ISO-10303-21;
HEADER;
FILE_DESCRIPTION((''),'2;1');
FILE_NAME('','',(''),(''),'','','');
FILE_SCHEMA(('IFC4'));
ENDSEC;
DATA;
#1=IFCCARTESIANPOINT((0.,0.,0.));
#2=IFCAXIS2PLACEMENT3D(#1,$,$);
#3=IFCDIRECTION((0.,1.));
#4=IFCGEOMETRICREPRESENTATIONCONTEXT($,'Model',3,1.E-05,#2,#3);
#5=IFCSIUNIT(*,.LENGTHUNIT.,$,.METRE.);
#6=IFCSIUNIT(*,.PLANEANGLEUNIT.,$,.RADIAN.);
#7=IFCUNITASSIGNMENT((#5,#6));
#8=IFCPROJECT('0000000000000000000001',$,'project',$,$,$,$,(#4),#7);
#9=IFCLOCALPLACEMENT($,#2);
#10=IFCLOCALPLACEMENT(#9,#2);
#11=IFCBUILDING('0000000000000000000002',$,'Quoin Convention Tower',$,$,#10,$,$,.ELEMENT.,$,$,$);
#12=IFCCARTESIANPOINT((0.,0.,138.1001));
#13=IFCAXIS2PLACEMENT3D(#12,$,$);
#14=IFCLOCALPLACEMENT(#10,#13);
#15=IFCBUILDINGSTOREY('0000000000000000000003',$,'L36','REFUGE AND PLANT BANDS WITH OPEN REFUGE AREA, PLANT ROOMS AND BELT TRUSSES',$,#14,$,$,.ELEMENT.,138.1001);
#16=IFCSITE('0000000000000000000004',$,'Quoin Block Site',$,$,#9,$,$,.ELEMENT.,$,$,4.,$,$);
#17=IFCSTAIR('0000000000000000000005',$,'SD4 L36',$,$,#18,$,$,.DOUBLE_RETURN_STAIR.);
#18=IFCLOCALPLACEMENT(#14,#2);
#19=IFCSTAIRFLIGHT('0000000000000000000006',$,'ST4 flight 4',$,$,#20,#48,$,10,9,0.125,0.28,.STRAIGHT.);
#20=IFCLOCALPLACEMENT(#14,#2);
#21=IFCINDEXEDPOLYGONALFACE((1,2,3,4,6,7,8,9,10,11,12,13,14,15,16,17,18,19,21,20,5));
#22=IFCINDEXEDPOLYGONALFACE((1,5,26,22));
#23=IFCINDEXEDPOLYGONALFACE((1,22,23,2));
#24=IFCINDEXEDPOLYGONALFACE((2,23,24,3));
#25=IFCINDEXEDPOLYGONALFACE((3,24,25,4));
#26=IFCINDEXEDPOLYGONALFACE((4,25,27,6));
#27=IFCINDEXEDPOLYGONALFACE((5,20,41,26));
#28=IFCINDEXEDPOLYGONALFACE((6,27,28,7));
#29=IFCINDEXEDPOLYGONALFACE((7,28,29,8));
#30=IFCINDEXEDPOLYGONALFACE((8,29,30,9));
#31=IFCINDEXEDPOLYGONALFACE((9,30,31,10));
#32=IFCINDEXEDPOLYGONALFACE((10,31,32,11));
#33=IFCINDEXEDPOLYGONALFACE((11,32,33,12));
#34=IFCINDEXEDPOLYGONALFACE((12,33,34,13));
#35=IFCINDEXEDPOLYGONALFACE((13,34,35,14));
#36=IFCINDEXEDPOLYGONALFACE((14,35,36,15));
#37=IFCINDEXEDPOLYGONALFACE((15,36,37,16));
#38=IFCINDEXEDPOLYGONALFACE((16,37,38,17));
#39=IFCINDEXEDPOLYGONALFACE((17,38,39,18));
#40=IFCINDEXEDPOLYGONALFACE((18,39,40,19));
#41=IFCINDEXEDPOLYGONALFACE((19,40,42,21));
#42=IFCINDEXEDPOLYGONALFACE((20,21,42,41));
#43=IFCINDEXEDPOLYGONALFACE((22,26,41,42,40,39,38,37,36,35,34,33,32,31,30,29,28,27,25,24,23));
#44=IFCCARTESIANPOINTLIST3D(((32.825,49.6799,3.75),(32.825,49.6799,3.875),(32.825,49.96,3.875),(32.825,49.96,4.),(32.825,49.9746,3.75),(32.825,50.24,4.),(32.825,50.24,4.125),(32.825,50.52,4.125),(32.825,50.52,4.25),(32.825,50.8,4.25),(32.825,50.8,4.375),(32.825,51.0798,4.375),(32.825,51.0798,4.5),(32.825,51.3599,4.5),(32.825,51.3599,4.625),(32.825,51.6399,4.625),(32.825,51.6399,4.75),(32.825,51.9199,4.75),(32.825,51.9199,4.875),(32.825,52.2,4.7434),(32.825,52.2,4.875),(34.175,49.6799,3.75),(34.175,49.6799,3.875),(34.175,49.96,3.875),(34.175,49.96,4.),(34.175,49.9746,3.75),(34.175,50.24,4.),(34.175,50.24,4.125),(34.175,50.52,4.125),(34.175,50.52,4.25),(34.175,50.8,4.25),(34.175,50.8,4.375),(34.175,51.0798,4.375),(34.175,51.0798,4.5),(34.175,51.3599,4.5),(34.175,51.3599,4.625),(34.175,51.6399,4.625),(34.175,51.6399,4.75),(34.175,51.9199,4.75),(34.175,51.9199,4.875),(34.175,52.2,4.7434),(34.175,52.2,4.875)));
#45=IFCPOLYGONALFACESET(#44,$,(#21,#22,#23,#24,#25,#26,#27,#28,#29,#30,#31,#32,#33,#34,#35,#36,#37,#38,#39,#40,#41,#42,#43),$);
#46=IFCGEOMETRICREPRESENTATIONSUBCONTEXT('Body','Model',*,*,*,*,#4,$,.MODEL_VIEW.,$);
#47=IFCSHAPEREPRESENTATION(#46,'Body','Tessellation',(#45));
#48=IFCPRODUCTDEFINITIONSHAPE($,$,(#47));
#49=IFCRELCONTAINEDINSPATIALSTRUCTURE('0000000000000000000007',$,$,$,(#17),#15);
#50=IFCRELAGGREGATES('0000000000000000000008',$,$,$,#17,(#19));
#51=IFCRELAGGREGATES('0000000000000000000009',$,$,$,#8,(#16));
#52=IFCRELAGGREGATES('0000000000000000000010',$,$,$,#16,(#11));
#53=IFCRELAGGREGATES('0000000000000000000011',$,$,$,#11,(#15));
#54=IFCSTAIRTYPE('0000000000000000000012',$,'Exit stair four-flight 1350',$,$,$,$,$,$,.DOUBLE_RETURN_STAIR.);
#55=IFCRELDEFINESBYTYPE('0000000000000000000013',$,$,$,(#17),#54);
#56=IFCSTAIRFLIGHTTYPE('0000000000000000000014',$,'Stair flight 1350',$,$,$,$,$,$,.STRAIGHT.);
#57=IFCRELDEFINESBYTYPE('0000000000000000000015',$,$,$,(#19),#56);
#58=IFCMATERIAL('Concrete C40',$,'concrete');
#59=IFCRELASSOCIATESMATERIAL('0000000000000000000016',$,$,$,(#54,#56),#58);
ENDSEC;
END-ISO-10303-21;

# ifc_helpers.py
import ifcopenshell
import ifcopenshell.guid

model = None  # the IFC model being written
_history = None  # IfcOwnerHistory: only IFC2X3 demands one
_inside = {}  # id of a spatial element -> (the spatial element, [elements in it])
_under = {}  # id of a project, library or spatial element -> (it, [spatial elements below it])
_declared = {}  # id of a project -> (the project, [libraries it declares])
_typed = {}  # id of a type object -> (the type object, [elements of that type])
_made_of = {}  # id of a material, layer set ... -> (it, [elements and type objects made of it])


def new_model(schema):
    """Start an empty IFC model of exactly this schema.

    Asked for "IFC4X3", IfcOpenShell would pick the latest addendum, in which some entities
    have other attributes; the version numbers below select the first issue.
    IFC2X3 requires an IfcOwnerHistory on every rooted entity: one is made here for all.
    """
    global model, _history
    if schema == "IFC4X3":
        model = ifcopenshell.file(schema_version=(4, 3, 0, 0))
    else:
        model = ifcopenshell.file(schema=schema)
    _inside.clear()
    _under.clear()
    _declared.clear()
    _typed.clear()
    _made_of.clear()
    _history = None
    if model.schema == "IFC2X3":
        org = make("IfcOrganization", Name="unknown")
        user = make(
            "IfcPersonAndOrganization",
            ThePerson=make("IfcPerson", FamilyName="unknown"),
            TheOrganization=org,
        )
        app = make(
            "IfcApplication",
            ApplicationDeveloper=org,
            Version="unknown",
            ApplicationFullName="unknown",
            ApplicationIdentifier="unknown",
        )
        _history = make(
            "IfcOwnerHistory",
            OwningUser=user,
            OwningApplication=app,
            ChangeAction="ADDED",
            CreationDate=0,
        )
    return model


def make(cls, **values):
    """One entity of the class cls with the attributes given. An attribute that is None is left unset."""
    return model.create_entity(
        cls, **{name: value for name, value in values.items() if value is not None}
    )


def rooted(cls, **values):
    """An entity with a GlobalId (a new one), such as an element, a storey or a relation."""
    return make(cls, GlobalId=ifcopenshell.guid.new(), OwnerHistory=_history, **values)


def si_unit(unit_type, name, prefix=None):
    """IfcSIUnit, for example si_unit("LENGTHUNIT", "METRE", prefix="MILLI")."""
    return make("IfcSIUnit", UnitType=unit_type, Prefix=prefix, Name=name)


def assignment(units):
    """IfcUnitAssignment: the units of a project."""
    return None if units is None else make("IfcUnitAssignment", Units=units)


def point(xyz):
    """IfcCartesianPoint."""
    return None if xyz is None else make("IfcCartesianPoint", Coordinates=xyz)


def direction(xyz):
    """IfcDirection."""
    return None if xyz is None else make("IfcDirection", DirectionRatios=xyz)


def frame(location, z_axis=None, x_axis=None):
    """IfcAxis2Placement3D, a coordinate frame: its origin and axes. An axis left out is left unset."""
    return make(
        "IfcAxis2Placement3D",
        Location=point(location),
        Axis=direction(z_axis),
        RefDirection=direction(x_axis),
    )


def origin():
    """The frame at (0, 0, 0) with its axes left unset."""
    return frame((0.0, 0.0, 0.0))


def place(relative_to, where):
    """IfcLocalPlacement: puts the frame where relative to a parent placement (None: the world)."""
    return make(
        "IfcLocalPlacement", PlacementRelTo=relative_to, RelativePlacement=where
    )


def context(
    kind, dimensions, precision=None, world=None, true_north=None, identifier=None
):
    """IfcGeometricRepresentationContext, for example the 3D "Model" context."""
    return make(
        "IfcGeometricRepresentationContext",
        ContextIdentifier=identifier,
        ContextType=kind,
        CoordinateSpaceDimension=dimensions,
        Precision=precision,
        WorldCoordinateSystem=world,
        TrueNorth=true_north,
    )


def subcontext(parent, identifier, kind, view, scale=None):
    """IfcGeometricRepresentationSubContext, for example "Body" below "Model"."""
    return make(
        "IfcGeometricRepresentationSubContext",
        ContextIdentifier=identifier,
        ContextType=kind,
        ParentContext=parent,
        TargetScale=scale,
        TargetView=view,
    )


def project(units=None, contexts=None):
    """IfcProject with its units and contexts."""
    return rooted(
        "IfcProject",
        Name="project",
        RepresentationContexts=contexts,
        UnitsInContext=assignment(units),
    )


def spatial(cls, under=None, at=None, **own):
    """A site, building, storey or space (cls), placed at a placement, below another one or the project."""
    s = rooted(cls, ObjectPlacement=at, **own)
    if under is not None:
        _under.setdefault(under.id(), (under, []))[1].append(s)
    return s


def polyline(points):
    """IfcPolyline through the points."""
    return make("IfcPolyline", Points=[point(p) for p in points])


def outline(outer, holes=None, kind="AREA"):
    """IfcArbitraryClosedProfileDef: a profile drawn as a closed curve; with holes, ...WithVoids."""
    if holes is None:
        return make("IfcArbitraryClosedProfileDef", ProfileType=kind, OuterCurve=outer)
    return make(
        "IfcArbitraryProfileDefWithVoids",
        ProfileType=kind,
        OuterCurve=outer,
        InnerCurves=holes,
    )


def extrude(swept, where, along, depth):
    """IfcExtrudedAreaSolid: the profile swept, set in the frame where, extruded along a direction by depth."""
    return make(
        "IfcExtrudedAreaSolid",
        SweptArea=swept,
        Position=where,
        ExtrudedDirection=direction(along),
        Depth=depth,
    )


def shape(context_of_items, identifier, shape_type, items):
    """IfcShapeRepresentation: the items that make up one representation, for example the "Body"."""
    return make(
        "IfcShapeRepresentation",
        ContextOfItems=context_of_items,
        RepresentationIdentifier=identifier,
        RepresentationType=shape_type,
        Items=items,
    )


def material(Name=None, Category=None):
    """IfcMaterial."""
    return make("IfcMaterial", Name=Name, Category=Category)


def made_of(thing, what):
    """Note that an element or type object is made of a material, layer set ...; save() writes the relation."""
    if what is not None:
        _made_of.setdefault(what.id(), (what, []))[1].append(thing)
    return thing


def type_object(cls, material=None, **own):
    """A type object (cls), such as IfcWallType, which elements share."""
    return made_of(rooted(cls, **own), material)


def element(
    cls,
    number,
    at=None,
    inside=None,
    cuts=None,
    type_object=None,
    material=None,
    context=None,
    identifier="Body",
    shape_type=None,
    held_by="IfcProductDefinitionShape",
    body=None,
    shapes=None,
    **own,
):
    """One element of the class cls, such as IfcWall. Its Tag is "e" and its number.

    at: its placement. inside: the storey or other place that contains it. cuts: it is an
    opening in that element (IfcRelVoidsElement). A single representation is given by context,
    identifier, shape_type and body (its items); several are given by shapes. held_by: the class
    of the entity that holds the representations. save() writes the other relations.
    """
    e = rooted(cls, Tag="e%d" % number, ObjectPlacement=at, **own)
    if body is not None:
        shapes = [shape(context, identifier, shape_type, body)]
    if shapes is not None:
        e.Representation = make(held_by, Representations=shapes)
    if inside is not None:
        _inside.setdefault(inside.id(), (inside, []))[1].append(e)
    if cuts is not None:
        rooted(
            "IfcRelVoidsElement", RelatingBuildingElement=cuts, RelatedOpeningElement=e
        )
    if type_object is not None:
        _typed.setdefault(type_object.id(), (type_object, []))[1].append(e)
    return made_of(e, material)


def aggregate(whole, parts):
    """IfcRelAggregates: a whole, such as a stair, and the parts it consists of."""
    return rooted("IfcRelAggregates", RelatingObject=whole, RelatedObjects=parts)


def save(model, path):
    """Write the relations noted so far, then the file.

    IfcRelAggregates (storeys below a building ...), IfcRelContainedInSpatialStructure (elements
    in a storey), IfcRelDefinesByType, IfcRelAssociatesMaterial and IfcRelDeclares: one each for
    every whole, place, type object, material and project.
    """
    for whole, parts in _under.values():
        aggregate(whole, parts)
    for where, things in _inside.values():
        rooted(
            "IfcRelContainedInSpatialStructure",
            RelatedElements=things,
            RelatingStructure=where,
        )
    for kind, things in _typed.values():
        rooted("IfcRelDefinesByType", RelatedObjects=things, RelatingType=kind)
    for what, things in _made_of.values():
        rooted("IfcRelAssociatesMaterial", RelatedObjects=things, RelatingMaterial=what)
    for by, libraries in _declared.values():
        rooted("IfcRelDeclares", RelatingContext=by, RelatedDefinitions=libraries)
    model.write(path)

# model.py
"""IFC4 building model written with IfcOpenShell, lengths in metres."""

from ifc_helpers import new_model, si_unit, direction, frame, origin, place, context, subcontext, project, spatial, polyline, outline, extrude, material, type_object, element, aggregate, save


model = new_model("IFC4")

# Units and contexts
model_context = context("Model", 3, precision=1e-05, world=origin(), true_north=direction((0.0, 1.0)))
body_context = subcontext(model_context, "Body", "Model", "MODEL_VIEW")
ifc_project = project(units=[si_unit("LENGTHUNIT", "METRE"), si_unit("PLANEANGLEUNIT", "RADIAN")], contexts=[model_context])

# Site, building, storey
site_placement = place(None, origin())
site = spatial("IfcSite", under=ifc_project, at=site_placement, Name="Quoin Block Site", CompositionType="ELEMENT", RefElevation=4.0)
building_placement = place(site_placement, origin())
building = spatial("IfcBuilding", under=site, at=building_placement, Name="Quoin Convention Tower", CompositionType="ELEMENT")
storey_placement = place(building_placement, frame((0.0, 0.0, 138.1001)))
storey = spatial("IfcBuildingStorey", under=building, at=storey_placement, Name="L36", Description="REFUGE AND PLANT BANDS WITH OPEN REFUGE AREA, PLANT ROOMS AND BELT TRUSSES", CompositionType="ELEMENT", Elevation=138.1001)

# Stair, stair flight
ifc_material_1 = material(Name="Concrete C40", Category="concrete")
stair_type = type_object("IfcStairType", Name="Exit stair four-flight 1350", PredefinedType="DOUBLE_RETURN_STAIR", material=ifc_material_1)
stair_flight_type = type_object("IfcStairFlightType", Name="Stair flight 1350", PredefinedType="STRAIGHT", material=ifc_material_1)
stair_1_placement = place(storey_placement, origin())
stair_1 = element("IfcStair", 1, at=stair_1_placement, inside=storey, type_object=stair_type, Name="SD4 L36", PredefinedType="DOUBLE_RETURN_STAIR")
stair_flight_1_placement = place(storey_placement, frame((33.5, 49.6799, 3.75), z_axis=(0.0, 0.0, 1.0), x_axis=(0.0, 1.0, 0.0)))
stair_flight_1 = element("IfcStairFlight", 2, at=stair_flight_1_placement, type_object=stair_flight_type, Name="ST4 flight 4", NumberOfRisers=10, NumberOfTreads=9, PredefinedType="STRAIGHT", RiserHeight=0.125, TreadLength=0.28, context=body_context, shape_type="SweptSolid", body=[
    extrude(outline(polyline([(0.0, 0.0), (0.0, 0.125), (0.28, 0.125), (0.28, 0.25), (0.5601, 0.25), (0.5601, 0.375), (0.8401, 0.375), (0.8401, 0.5), (1.1201, 0.5), (1.1201, 0.625), (1.3999, 0.625), (1.3999, 0.75), (1.6799, 0.75), (1.6799, 0.875), (1.96, 0.875), (1.96, 1.0), (2.24, 1.0), (2.24, 1.125), (2.52, 1.125), (2.52, 1.25), (2.52, 0.9934), (0.2947, 0.0), (0.0, 0.0)])), frame((0.0, 0.675, 0.0), z_axis=(0.0, -1.0, 0.0), x_axis=(1.0, 0.0, 0.0)), (0.0, 0.0, 1.0), 1.3501),
])
aggregate(stair_1, [stair_flight_1])

save(model, "model.ifc")
